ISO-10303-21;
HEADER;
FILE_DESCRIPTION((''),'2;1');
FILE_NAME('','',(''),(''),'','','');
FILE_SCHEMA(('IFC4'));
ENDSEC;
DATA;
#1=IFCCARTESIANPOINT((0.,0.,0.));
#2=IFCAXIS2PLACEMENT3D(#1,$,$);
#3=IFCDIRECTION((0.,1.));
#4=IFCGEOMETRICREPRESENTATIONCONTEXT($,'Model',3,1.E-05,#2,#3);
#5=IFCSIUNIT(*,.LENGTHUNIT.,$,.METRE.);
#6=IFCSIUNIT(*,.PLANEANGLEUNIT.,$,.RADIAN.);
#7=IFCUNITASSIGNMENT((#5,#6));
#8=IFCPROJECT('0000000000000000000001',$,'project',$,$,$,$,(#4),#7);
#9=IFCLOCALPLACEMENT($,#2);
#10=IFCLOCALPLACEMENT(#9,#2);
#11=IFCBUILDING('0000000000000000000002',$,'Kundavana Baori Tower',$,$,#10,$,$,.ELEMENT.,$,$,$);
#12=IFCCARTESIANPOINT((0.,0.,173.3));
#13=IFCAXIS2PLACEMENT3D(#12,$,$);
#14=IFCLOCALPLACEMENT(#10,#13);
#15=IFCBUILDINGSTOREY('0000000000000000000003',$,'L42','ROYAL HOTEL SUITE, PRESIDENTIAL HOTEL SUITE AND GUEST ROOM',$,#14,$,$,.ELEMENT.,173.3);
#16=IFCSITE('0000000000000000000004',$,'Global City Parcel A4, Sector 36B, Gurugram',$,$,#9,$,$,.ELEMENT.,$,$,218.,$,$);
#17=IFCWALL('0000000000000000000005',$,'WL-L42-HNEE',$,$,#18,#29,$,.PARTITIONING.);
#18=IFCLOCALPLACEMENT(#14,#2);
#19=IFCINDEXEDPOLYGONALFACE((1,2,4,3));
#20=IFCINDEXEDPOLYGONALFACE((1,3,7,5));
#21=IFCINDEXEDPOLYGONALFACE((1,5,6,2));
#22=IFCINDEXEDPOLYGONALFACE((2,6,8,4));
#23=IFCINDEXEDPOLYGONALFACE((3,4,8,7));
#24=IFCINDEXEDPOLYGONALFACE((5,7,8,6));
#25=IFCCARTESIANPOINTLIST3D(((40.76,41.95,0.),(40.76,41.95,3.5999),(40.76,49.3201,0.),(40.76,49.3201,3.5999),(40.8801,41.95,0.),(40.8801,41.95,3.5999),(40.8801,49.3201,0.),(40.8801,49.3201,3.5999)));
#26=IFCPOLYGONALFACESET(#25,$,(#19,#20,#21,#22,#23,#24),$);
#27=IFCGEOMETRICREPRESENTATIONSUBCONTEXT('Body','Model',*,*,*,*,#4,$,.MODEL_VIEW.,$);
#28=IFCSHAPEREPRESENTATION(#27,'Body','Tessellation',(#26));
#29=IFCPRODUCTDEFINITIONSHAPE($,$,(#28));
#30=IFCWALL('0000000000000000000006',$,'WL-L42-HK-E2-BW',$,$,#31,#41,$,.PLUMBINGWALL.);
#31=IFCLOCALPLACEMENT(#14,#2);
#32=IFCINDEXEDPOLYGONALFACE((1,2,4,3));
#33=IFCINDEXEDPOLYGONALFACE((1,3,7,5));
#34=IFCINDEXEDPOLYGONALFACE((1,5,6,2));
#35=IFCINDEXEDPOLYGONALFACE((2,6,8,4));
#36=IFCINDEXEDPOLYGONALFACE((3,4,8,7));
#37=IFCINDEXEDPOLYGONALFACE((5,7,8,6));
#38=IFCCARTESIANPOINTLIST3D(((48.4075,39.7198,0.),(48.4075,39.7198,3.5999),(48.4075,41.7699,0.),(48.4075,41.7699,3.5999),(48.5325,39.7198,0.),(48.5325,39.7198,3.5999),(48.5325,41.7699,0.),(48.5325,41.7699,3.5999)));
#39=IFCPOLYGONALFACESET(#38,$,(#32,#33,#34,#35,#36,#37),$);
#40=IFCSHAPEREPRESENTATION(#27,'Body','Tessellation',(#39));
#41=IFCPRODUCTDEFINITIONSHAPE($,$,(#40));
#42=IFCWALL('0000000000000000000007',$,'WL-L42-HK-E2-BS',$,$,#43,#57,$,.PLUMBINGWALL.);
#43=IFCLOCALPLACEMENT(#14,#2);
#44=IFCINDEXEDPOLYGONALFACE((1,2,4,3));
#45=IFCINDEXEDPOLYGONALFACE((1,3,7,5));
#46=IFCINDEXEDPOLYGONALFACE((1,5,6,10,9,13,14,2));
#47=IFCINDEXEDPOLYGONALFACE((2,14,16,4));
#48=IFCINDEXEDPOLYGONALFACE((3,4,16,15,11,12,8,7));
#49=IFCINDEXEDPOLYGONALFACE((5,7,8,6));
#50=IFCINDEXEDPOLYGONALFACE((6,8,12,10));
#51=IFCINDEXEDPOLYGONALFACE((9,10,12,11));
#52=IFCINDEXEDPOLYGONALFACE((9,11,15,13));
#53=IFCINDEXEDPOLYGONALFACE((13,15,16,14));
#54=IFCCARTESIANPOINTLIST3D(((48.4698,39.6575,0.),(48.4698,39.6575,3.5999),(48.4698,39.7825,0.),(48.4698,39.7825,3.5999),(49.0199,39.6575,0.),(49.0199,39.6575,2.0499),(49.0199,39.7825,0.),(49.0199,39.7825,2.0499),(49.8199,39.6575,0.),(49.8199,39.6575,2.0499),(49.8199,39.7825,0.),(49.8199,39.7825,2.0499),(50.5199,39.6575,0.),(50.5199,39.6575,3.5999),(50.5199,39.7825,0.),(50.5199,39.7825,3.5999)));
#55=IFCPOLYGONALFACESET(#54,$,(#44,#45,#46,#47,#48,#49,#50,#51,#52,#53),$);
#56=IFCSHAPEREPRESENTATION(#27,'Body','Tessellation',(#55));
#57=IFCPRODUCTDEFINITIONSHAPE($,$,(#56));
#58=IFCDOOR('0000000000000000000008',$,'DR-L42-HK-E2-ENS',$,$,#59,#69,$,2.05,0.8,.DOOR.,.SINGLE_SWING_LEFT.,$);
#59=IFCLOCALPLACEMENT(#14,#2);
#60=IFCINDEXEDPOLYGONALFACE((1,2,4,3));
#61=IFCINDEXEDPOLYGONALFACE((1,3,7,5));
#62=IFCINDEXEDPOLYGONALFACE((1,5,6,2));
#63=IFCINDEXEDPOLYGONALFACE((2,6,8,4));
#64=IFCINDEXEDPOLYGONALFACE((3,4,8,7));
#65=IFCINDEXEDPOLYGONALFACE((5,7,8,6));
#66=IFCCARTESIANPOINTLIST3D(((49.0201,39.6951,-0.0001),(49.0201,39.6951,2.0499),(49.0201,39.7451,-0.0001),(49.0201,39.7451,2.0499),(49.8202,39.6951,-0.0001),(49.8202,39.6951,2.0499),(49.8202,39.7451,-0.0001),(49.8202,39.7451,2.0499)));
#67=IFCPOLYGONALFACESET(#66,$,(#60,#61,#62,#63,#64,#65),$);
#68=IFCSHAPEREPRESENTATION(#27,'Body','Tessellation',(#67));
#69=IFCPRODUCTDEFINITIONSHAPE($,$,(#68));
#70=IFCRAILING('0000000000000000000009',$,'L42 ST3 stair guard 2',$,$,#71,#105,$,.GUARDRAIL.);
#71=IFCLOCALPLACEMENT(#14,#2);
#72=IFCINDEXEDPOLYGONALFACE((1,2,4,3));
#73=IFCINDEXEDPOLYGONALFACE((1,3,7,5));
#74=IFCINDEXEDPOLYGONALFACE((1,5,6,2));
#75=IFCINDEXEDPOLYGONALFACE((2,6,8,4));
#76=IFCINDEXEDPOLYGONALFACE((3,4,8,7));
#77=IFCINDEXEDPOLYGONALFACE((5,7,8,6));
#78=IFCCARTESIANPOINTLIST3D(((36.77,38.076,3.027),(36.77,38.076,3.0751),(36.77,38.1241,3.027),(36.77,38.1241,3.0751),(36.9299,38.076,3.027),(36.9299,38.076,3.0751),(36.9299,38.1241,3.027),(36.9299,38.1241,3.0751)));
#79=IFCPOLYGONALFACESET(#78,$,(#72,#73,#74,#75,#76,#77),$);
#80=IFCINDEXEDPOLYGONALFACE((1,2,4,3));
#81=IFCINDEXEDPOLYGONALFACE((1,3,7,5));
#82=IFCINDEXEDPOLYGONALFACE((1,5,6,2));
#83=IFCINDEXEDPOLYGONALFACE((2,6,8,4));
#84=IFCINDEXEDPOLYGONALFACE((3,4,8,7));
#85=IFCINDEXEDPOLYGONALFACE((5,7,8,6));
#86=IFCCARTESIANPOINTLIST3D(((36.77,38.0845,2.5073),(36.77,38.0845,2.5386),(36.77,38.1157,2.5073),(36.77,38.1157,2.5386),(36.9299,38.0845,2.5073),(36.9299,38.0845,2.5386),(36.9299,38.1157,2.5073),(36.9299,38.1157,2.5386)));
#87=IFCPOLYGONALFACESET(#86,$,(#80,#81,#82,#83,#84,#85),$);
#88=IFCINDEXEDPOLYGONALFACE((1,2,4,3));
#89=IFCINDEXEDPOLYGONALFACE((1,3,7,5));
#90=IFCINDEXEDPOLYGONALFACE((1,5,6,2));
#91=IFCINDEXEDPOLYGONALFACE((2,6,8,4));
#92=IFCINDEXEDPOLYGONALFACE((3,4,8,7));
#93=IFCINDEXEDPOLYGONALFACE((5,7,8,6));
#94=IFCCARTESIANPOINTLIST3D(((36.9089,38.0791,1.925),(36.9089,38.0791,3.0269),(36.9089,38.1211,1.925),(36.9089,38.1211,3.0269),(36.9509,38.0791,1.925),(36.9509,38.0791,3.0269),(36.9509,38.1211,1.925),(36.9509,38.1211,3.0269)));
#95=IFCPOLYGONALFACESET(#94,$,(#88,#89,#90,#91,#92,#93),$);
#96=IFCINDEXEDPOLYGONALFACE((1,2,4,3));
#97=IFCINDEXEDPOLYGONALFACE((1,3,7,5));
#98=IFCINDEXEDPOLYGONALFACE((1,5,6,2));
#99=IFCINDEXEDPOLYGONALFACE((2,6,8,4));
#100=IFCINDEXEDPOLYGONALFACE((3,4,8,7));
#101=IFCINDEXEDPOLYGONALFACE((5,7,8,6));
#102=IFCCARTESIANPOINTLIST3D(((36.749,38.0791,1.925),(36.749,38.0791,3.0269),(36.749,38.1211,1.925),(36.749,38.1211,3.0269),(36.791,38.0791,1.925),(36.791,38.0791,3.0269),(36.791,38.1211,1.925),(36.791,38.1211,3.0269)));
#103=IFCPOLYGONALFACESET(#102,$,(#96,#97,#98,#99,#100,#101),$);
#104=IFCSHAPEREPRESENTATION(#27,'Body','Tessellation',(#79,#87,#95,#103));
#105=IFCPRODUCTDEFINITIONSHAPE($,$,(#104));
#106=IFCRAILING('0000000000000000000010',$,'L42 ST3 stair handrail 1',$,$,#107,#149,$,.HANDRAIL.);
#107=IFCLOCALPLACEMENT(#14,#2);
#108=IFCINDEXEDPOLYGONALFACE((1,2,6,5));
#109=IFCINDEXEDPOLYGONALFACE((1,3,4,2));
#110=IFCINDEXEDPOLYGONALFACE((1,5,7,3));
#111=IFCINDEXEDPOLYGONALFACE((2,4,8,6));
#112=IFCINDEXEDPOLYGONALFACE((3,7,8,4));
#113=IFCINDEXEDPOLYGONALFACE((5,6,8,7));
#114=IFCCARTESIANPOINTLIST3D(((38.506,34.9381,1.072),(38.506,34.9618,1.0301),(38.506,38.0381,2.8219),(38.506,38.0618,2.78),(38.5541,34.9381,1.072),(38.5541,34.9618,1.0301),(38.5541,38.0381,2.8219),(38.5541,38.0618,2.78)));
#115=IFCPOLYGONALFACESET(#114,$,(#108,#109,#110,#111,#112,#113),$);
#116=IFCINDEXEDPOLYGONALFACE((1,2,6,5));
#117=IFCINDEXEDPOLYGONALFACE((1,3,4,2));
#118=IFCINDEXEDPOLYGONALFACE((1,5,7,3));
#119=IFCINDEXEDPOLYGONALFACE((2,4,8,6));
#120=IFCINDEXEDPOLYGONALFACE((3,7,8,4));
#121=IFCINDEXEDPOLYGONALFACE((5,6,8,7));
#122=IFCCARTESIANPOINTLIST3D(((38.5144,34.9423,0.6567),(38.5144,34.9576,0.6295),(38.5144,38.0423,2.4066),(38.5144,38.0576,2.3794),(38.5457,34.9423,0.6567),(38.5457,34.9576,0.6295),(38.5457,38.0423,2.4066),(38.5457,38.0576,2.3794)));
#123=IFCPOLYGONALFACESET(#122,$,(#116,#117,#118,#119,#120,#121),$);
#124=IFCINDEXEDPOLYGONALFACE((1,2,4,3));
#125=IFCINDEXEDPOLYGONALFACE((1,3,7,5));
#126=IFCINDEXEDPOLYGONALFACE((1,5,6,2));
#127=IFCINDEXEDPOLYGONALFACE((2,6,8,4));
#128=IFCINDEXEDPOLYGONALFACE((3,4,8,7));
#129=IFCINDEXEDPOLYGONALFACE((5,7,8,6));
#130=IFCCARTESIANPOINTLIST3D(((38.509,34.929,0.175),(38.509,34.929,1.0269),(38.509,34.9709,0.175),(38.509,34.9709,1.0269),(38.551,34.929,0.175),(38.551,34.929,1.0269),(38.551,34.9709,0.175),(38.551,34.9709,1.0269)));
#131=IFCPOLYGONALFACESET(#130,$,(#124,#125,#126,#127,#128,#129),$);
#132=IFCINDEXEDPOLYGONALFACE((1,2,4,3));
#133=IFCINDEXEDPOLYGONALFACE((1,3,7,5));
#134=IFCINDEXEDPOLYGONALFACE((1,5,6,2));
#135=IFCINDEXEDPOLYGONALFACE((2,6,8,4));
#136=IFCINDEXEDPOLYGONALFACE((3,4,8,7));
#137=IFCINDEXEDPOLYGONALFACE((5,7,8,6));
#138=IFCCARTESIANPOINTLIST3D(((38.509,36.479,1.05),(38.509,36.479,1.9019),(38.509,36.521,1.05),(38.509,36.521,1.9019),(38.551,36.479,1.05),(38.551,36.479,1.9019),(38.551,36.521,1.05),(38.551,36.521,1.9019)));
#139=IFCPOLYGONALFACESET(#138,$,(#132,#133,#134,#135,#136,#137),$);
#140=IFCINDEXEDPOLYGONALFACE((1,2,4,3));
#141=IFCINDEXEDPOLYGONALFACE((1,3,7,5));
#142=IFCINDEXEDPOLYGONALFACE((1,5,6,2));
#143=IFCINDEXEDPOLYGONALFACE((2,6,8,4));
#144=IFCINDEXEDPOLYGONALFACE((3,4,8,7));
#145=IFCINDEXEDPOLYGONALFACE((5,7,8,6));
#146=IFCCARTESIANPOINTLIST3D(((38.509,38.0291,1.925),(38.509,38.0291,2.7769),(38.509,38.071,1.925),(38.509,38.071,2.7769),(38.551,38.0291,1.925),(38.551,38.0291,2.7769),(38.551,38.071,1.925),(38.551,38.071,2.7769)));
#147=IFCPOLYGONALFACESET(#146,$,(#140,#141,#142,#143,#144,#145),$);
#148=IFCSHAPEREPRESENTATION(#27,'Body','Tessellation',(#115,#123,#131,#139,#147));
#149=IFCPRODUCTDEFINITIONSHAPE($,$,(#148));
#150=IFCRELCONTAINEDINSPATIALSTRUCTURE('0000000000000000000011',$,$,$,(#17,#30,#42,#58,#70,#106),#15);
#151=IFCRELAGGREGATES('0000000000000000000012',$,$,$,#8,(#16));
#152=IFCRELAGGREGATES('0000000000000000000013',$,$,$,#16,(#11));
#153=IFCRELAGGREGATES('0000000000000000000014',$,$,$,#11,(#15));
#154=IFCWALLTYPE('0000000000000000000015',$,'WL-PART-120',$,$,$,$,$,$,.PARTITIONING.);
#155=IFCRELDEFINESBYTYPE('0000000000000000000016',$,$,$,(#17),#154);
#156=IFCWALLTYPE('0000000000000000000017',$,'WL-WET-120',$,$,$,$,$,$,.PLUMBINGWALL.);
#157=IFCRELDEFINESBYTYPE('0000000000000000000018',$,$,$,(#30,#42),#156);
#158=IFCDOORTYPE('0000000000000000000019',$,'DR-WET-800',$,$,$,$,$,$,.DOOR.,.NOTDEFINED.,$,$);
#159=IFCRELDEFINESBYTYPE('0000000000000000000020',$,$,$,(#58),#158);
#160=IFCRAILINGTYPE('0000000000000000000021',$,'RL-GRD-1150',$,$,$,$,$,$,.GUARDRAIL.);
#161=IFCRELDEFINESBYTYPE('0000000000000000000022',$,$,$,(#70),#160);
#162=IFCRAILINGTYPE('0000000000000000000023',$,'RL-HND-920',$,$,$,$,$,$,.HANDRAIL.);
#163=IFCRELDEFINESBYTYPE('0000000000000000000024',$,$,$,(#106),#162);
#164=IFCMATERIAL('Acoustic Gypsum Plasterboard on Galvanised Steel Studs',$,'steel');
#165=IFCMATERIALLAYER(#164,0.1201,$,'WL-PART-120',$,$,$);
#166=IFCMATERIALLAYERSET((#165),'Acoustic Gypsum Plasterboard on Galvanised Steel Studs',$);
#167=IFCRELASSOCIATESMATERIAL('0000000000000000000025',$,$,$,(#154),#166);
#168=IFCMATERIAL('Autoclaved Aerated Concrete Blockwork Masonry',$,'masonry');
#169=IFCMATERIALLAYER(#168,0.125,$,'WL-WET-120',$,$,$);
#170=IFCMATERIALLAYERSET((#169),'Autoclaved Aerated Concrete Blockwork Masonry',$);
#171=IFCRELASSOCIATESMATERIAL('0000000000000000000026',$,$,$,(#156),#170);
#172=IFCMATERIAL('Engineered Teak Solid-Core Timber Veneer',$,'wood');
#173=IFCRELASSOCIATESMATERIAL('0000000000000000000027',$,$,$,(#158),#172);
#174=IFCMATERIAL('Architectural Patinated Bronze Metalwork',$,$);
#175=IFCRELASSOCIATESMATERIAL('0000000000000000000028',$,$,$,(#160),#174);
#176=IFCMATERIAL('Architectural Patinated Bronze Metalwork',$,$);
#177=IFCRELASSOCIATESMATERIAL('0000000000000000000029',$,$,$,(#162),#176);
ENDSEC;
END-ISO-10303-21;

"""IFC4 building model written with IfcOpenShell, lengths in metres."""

from ifc_helpers import new_model, si_unit, direction, frame, frame_2d, origin, origin_2d, place, context, subcontext, project, spatial, rectangle, extrude, material, layer, layer_set, type_object, element, fill, save


model = new_model("IFC4")

# Units and contexts
model_context = context("Model", 3, precision=1e-05, world=origin(), true_north=direction((0.0, 1.0)))
body_context = subcontext(model_context, "Body", "Model", "MODEL_VIEW")
ifc_project = project(units=[si_unit("LENGTHUNIT", "METRE"), si_unit("PLANEANGLEUNIT", "RADIAN")], contexts=[model_context])

# Site, building, storey
site_placement = place(None, origin())
site = spatial("IfcSite", under=ifc_project, at=site_placement, Name="Global City Parcel A4, Sector 36B, Gurugram", CompositionType="ELEMENT", RefElevation=218.0)
building_placement = place(site_placement, origin())
building = spatial("IfcBuilding", under=site, at=building_placement, Name="Kundavana Baori Tower", CompositionType="ELEMENT")
storey_placement = place(building_placement, frame((0.0, 0.0, 173.3)))
storey = spatial("IfcBuildingStorey", under=building, at=storey_placement, Name="L42", Description="ROYAL HOTEL SUITE, PRESIDENTIAL HOTEL SUITE AND GUEST ROOM", CompositionType="ELEMENT", Elevation=173.3)

# Walls
ifc_material_1 = material(Name="Acoustic Gypsum Plasterboard on Galvanised Steel Studs", Category="steel")
ifc_layer_1 = layer(ifc_material_1, 0.1201, Name="WL-PART-120")
ifc_layer_set_1 = layer_set([ifc_layer_1], Name="Acoustic Gypsum Plasterboard on Galvanised Steel Studs")
wall_type_1 = type_object("IfcWallType", Name="WL-PART-120", PredefinedType="PARTITIONING", material=ifc_layer_set_1)
wall_1_placement = place(storey_placement, frame((40.8201, 41.95, 0.0), z_axis=(0.0, 0.0, 1.0), x_axis=(0.0, 1.0, 0.0)))
element("IfcWall", 1, at=wall_1_placement, inside=storey, type_object=wall_type_1, Name="WL-L42-HNEE", PredefinedType="PARTITIONING", context=body_context, shape_type="SweptSolid", body=[
    extrude(rectangle(XDim=7.3701, YDim=0.1201, at=frame_2d((3.6851, 0.0))), origin(), (0.0, 0.0, 1.0), 3.5999),
])
ifc_material_2 = material(Name="Autoclaved Aerated Concrete Blockwork Masonry", Category="masonry")
ifc_layer_2 = layer(ifc_material_2, 0.125, Name="WL-WET-120")
ifc_layer_set_2 = layer_set([ifc_layer_2], Name="Autoclaved Aerated Concrete Blockwork Masonry")
wall_type_2 = type_object("IfcWallType", Name="WL-WET-120", PredefinedType="PLUMBINGWALL", material=ifc_layer_set_2)
wall_2_placement = place(storey_placement, frame((48.47, 39.72, 0.0), z_axis=(0.0, 0.0, 1.0), x_axis=(0.0, 1.0, 0.0)))
element("IfcWall", 2, at=wall_2_placement, inside=storey, type_object=wall_type_2, Name="WL-L42-HK-E2-BW", PredefinedType="PLUMBINGWALL", context=body_context, shape_type="SweptSolid", body=[
    extrude(rectangle(XDim=2.05, YDim=0.125, at=frame_2d((1.0249, 0.0))), origin(), (0.0, 0.0, 1.0), 3.5999),
])

# Wall, opening, door
wall_3_placement = place(storey_placement, frame((48.47, 39.72, 0.0), z_axis=(0.0, 0.0, 1.0), x_axis=(1.0, 0.0, 0.0)))
wall_3 = element("IfcWall", 3, at=wall_3_placement, inside=storey, type_object=wall_type_2, Name="WL-L42-HK-E2-BS", PredefinedType="PLUMBINGWALL", context=body_context, shape_type="SweptSolid", body=[
    extrude(rectangle(XDim=2.05, YDim=0.125, at=frame_2d((1.0249, 0.0))), origin(), (0.0, 0.0, 1.0), 3.5999),
])
opening_1_placement = place(wall_3_placement, frame((0.55, 0.0, 0.0)))
opening_1 = element("IfcOpeningElement", 4, at=opening_1_placement, cuts=wall_3, PredefinedType="OPENING", context=body_context, shape_type="SweptSolid", body=[
    extrude(rectangle(XDim=0.8, YDim=2.05, at=frame_2d((0.3999, 1.0249))), frame((0.0, 0.0725, 0.0), z_axis=(0.0, -1.0, 0.0), x_axis=(1.0, 0.0, 0.0)), (0.0, 0.0, 1.0), 0.145),
])
ifc_material_3 = material(Name="Engineered Teak Solid-Core Timber Veneer", Category="wood")
door_type_1 = type_object("IfcDoorType", Name="DR-WET-800", OperationType="NOTDEFINED", PredefinedType="DOOR", material=ifc_material_3)
door_1_placement = place(opening_1_placement, frame((0.8, 0.0, 0.0), z_axis=(0.0, 0.0, 1.0), x_axis=(-1.0, 0.0, 0.0)))
door_1 = element("IfcDoor", 5, at=door_1_placement, inside=storey, type_object=door_type_1, Name="DR-L42-HK-E2-ENS", OperationType="SINGLE_SWING_LEFT", OverallHeight=2.05, OverallWidth=0.8, PredefinedType="DOOR", context=body_context, shape_type="SweptSolid", body=[
    extrude(rectangle(XDim=0.8, YDim=2.05, at=frame_2d((0.3999, 1.0249))), frame((0.0, 0.0249, 0.0), z_axis=(0.0, -1.0, 0.0), x_axis=(1.0, 0.0, 0.0)), (0.0, 0.0, 1.0), 0.05),
])
fill(opening_1, door_1)

# Railings
ifc_material_4 = material(Name="Architectural Patinated Bronze Metalwork")
railing_type_1 = type_object("IfcRailingType", Name="RL-GRD-1150", PredefinedType="GUARDRAIL", material=ifc_material_4)
railing_1_placement = place(storey_placement, frame((36.9299, 38.1001, 1.925)))
element("IfcRailing", 6, at=railing_1_placement, inside=storey, type_object=railing_type_1, Name="L42 ST3 stair guard 2", PredefinedType="GUARDRAIL", context=body_context, shape_type="SweptSolid", body=[
    extrude(rectangle(XDim=0.0481, YDim=0.0481, at=origin_2d()), frame((0.0, 0.0, 1.126), z_axis=(-1.0, 0.0, 0.0), x_axis=(0.0, -1.0, 0.0)), (0.0, 0.0, 1.0), 0.1599),
    extrude(rectangle(XDim=0.0312, YDim=0.0312, at=origin_2d()), frame((0.0, 0.0, 0.5979), z_axis=(-1.0, 0.0, 0.0), x_axis=(0.0, -1.0, 0.0)), (0.0, 0.0, 1.0), 0.1599),
    extrude(rectangle(XDim=0.042, YDim=0.042, at=origin_2d()), origin(), (0.0, 0.0, 1.0), 1.1018),
    extrude(rectangle(XDim=0.042, YDim=0.042, at=origin_2d()), frame((-0.1599, 0.0, 0.0)), (0.0, 0.0, 1.0), 1.1018),
])
ifc_material_5 = material(Name="Architectural Patinated Bronze Metalwork")
railing_type_2 = type_object("IfcRailingType", Name="RL-HND-920", PredefinedType="HANDRAIL", material=ifc_material_5)
railing_2_placement = place(storey_placement, frame((38.53, 34.95, 0.175)))
element("IfcRailing", 7, at=railing_2_placement, inside=storey, type_object=railing_type_2, Name="L42 ST3 stair handrail 1", PredefinedType="HANDRAIL", context=body_context, shape_type="SweptSolid", body=[
    extrude(rectangle(XDim=0.0481, YDim=0.0481, at=origin_2d()), frame((0.0, 0.0, 0.876), z_axis=(0.0, 0.870831, 0.491583), x_axis=(-1.0, 0.0, 0.0)), (0.0, 0.0, 1.0), 3.5598),
    extrude(rectangle(XDim=0.0312, YDim=0.0312, at=origin_2d()), frame((0.0, 0.0, 0.468), z_axis=(0.0, 0.870831, 0.491583), x_axis=(-1.0, 0.0, 0.0)), (0.0, 0.0, 1.0), 3.5598),
    extrude(rectangle(XDim=0.042, YDim=0.042, at=origin_2d()), origin(), (0.0, 0.0, 1.0), 0.8518),
    extrude(rectangle(XDim=0.042, YDim=0.042, at=origin_2d()), frame((0.0, 1.55, 0.875)), (0.0, 0.0, 1.0), 0.8518),
    extrude(rectangle(XDim=0.042, YDim=0.042, at=origin_2d()), frame((0.0, 3.1001, 1.75)), (0.0, 0.0, 1.0), 0.8518),
])

save(model, "model.ifc")
